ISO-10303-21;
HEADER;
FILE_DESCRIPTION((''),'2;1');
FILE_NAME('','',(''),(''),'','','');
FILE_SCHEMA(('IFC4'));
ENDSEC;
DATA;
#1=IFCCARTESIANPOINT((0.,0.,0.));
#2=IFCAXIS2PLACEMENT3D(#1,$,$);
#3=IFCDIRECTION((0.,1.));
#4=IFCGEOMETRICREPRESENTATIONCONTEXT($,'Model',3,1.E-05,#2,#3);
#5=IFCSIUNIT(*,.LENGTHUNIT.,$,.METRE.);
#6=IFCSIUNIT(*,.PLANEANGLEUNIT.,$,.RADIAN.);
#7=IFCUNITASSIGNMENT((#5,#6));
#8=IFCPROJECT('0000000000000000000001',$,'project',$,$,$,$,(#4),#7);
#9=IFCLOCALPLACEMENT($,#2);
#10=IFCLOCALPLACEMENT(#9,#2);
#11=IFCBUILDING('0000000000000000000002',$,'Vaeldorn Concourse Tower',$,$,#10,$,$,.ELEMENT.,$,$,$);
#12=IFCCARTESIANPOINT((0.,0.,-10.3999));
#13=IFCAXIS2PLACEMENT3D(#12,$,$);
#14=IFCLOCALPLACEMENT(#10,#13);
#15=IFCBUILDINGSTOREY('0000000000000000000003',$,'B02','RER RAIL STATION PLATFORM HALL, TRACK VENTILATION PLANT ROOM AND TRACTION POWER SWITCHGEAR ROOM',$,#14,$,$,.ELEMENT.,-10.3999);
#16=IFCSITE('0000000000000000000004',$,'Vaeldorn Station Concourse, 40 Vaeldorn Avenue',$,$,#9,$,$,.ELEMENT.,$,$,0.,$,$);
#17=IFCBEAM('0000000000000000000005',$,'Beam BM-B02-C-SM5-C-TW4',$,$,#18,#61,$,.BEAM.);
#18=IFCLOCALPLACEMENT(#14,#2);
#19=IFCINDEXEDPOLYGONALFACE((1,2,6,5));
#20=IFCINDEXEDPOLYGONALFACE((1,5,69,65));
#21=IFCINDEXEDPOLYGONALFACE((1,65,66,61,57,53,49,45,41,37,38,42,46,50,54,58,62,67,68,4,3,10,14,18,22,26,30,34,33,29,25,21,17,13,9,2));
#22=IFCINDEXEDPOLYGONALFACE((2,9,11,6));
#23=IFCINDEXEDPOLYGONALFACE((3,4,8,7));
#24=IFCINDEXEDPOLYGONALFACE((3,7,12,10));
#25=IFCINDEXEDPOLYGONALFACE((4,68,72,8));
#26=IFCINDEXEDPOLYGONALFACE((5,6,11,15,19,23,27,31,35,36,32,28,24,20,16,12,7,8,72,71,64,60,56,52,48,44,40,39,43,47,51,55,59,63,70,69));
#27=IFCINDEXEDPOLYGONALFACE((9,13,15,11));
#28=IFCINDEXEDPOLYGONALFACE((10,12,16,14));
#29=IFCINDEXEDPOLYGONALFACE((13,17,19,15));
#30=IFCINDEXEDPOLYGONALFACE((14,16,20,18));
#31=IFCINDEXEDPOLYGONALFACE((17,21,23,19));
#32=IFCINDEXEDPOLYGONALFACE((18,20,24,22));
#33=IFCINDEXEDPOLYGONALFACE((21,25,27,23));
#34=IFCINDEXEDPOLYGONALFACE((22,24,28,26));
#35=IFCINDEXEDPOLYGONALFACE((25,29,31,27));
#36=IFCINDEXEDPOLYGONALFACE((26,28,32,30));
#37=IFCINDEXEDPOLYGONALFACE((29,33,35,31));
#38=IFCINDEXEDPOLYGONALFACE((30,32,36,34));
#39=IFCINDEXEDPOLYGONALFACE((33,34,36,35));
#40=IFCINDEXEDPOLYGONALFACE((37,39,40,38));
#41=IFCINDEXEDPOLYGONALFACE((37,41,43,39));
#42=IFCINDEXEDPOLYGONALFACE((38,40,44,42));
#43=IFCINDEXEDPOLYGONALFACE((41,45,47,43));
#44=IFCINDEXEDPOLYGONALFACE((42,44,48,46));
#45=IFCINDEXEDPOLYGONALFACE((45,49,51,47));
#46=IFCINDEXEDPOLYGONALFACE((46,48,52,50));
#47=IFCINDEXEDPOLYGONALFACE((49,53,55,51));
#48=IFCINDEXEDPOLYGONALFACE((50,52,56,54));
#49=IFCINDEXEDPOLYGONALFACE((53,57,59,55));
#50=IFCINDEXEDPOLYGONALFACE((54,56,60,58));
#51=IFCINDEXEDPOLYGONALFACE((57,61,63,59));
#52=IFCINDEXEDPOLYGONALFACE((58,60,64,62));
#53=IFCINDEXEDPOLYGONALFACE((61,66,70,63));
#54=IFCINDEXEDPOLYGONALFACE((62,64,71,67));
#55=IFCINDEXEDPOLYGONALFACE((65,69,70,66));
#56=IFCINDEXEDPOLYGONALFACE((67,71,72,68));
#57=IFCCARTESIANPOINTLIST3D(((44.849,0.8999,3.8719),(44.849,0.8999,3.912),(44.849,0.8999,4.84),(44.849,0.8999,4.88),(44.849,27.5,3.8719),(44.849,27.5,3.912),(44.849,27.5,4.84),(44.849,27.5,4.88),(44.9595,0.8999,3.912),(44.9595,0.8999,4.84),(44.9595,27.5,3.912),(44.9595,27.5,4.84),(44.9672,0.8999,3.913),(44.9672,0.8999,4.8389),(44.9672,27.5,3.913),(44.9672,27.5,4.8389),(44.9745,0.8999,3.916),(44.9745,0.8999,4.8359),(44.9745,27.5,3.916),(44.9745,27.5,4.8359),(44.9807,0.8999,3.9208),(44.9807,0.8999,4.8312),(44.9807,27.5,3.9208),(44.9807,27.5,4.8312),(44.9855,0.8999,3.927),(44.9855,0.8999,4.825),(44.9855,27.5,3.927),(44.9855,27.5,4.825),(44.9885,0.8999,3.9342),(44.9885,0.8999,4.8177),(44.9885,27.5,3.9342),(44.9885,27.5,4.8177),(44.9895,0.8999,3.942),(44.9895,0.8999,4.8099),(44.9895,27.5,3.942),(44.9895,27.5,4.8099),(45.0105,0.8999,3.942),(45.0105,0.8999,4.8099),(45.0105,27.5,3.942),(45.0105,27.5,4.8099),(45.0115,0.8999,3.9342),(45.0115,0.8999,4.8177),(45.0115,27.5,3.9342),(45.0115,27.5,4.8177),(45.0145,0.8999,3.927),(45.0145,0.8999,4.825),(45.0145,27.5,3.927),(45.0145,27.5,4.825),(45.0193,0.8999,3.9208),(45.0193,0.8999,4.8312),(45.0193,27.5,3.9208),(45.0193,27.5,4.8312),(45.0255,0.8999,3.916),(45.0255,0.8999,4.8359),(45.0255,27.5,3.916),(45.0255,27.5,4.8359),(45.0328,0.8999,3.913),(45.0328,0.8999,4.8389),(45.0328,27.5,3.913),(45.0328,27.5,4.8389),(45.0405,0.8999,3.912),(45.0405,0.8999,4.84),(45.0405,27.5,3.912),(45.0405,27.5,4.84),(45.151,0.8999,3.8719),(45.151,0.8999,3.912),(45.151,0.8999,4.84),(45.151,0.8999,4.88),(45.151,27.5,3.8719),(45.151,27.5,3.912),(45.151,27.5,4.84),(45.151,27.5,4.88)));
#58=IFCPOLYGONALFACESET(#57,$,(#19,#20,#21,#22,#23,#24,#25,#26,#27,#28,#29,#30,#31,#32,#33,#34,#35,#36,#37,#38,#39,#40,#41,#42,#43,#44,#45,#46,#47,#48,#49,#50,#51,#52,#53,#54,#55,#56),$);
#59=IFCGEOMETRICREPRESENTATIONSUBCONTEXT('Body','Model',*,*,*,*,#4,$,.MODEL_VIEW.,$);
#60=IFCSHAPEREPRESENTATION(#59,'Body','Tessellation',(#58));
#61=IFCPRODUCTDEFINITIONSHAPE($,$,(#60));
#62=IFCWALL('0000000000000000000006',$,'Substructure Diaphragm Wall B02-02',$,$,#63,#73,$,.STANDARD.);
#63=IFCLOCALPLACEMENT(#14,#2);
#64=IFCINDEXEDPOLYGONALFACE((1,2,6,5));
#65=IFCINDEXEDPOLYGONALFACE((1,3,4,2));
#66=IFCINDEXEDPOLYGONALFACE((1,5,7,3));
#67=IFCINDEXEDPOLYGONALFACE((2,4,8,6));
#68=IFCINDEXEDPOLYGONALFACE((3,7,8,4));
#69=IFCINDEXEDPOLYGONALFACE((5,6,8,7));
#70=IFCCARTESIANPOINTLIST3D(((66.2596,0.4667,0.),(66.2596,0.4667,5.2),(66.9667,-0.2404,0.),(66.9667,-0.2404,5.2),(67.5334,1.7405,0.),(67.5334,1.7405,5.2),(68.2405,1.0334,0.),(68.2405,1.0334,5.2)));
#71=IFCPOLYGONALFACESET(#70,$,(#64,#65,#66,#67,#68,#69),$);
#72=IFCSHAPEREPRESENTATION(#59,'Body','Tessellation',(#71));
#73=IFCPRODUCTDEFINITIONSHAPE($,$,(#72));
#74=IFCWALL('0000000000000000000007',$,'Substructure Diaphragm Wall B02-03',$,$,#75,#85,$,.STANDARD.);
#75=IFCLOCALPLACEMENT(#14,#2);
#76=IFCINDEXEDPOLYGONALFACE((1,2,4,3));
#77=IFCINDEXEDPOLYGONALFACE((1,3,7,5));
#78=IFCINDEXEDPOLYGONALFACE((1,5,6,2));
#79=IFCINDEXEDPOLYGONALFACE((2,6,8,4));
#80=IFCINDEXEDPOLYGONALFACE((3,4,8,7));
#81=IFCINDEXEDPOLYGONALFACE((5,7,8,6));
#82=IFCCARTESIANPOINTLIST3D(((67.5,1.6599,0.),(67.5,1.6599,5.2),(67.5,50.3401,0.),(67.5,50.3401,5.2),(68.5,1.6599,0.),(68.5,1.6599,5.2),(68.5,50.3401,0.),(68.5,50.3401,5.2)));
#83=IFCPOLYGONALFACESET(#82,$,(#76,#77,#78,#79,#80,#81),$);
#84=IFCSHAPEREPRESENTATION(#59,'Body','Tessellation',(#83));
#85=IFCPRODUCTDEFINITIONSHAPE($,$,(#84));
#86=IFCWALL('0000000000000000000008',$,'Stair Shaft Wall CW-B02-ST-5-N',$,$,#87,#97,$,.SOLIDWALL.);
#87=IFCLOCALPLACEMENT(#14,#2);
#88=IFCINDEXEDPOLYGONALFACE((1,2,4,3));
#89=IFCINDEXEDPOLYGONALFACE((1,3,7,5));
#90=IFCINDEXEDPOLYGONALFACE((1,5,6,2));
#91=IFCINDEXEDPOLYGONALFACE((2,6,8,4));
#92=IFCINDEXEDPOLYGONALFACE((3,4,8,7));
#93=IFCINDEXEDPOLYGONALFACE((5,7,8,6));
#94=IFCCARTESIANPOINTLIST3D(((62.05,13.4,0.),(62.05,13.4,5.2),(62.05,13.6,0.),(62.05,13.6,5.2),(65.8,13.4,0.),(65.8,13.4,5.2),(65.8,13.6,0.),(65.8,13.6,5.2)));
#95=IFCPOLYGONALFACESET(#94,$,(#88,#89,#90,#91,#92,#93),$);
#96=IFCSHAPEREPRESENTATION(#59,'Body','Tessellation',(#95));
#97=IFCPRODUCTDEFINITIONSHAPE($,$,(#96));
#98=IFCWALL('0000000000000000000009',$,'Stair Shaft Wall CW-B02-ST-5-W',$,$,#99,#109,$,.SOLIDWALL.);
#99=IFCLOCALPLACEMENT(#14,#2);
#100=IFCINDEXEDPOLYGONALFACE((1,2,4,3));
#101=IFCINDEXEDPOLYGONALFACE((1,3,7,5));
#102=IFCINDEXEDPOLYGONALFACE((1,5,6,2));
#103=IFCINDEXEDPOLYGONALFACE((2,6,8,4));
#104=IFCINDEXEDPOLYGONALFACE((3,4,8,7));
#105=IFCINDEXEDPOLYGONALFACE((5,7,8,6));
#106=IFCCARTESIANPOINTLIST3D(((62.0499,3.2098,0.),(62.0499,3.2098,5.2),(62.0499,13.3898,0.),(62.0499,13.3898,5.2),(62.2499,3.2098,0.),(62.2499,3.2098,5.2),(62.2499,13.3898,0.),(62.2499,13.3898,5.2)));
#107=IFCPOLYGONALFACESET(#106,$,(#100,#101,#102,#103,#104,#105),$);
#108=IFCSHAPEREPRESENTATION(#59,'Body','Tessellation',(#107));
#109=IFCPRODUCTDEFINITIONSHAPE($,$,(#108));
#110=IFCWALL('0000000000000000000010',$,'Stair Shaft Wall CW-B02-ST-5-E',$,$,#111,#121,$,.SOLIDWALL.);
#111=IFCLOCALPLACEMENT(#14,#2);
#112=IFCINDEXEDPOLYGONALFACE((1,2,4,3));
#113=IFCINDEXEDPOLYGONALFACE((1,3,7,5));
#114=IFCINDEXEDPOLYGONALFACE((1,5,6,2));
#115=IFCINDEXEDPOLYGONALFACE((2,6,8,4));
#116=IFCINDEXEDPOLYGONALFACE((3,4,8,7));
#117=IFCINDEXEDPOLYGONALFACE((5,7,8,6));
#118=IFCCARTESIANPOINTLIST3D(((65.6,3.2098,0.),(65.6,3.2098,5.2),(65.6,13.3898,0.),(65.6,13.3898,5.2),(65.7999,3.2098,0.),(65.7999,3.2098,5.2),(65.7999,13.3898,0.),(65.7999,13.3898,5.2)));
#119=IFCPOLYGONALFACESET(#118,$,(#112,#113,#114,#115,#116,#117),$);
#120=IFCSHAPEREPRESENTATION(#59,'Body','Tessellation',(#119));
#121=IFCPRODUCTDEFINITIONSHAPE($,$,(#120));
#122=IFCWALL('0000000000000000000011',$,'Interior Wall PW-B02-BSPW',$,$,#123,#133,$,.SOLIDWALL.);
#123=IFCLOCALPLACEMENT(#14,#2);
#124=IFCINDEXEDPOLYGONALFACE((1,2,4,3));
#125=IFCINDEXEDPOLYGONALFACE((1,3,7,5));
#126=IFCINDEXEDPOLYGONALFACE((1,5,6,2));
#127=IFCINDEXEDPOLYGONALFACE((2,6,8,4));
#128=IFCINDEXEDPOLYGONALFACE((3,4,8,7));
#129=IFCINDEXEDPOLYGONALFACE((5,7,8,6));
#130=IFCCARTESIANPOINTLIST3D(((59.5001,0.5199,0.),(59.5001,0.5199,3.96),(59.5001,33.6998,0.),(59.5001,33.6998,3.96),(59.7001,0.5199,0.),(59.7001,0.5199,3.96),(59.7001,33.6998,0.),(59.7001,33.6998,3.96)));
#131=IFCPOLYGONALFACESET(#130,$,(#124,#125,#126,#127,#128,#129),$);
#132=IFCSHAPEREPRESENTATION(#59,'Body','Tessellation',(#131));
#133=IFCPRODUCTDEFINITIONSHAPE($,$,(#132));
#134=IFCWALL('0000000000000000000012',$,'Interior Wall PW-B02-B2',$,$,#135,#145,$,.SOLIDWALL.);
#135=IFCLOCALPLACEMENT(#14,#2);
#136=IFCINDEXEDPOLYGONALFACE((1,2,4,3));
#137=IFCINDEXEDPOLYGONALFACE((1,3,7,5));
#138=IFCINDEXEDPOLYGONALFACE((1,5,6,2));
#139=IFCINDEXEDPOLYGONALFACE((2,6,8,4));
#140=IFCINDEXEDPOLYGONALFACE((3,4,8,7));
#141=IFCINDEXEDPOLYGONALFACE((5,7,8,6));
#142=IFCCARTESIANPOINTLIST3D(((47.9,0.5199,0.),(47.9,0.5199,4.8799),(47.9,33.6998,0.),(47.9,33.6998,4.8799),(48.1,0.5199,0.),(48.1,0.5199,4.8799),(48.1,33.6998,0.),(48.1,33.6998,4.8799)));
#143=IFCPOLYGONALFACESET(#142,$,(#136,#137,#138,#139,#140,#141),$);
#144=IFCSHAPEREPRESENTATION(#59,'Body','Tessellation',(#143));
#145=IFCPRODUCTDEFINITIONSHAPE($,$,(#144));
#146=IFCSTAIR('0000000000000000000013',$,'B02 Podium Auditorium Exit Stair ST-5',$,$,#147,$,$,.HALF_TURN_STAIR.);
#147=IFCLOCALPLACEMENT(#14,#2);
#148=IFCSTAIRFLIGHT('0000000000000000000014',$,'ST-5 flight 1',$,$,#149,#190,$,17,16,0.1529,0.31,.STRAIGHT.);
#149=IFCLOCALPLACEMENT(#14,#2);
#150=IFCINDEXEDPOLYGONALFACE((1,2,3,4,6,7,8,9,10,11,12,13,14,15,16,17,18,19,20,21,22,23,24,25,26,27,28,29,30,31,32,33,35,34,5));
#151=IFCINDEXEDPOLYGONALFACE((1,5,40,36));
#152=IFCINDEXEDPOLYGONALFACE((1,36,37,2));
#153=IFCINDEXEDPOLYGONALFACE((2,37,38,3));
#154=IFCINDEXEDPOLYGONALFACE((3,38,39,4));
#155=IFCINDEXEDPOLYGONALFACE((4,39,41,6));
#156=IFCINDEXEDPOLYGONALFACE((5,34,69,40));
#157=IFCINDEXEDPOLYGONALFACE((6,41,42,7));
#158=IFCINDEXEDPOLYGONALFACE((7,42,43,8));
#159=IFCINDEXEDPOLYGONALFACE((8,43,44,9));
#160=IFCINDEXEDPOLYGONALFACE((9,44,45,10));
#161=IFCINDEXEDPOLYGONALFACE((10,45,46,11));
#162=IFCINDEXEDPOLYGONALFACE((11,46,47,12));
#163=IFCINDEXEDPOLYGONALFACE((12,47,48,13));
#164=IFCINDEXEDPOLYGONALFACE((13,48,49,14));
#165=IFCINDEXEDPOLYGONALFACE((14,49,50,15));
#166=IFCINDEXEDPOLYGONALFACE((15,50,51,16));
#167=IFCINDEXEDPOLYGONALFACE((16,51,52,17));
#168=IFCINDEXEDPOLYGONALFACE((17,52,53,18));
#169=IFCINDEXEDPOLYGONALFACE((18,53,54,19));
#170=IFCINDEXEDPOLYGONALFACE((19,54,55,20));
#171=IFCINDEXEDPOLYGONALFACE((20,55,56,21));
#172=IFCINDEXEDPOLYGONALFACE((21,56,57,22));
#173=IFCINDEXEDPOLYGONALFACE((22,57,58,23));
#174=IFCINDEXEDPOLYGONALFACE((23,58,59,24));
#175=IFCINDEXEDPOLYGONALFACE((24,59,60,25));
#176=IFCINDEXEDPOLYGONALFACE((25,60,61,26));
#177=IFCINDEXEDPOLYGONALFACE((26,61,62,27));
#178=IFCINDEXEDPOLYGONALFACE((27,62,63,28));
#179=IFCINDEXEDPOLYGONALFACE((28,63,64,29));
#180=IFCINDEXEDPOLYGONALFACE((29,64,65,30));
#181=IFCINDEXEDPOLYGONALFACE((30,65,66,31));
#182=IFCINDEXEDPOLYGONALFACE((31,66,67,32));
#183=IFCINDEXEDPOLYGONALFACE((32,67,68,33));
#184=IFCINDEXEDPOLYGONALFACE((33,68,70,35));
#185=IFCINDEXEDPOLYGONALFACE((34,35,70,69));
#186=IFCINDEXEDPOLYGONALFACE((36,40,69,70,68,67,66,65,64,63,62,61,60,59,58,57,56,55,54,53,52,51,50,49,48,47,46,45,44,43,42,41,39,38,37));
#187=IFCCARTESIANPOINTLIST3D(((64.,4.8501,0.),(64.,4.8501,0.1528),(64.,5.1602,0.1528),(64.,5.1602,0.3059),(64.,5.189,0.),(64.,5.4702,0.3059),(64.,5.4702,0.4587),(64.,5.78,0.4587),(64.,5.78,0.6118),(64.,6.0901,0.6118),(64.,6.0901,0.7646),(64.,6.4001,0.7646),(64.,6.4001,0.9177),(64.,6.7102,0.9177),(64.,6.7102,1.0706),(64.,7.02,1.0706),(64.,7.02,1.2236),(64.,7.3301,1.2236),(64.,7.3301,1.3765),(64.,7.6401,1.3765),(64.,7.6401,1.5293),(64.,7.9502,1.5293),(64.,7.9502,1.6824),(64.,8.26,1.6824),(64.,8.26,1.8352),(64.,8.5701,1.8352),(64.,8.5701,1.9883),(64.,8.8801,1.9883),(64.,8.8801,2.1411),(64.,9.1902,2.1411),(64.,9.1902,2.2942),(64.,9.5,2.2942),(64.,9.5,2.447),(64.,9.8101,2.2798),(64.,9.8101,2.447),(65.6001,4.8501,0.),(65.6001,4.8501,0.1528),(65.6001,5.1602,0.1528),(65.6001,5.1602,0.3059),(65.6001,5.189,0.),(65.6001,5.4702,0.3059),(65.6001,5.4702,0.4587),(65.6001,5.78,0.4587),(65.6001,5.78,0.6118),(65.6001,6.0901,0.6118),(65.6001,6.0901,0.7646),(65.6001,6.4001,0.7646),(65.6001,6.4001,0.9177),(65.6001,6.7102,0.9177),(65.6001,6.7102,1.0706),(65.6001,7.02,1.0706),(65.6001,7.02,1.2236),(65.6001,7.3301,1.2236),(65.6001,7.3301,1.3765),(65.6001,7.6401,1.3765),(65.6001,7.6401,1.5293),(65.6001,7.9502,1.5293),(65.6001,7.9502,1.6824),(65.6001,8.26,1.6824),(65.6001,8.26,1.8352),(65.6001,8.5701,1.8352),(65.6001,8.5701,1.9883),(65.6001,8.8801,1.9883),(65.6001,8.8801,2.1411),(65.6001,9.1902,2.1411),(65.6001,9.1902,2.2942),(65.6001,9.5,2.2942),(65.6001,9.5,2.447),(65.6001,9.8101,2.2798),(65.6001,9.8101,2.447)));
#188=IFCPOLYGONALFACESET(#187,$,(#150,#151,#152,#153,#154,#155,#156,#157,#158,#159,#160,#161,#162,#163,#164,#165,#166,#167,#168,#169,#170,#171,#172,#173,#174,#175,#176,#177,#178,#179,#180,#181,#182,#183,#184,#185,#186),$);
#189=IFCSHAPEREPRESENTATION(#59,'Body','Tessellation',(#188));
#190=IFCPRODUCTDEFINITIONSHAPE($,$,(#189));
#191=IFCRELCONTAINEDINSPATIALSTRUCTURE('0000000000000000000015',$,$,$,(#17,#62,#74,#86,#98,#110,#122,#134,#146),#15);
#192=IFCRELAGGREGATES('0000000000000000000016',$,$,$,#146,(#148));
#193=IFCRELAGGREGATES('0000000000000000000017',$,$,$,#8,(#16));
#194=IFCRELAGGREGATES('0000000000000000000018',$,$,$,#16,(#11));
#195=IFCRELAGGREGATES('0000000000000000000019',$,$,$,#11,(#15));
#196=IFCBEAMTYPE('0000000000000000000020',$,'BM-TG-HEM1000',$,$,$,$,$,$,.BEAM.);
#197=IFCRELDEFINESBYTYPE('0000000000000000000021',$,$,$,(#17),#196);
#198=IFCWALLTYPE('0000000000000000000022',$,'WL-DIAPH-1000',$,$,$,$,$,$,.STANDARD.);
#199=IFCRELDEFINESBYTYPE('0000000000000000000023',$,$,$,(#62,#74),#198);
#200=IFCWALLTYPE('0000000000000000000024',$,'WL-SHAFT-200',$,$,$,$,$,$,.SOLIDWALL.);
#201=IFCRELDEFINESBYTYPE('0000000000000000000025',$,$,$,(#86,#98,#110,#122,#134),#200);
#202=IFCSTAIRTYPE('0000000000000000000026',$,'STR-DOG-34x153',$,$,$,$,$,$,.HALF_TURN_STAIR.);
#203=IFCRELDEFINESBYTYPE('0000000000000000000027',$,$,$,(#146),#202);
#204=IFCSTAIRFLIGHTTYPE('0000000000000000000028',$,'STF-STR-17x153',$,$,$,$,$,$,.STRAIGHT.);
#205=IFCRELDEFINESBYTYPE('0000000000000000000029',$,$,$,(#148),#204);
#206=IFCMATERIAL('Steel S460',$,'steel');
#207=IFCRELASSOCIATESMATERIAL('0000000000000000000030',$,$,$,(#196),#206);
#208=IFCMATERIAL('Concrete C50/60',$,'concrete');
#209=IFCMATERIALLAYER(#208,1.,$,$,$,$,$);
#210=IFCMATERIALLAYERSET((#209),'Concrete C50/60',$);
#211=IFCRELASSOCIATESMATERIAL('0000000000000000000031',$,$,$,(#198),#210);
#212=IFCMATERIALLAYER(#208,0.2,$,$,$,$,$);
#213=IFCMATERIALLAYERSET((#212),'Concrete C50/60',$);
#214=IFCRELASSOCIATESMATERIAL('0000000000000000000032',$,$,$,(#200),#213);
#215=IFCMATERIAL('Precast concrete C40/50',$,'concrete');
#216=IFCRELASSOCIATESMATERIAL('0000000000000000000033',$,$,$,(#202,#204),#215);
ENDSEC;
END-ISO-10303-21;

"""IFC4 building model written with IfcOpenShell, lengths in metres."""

from ifc_helpers import new_model, si_unit, direction, frame, frame_2d, origin, origin_2d, place, context, subcontext, project, spatial, polyline, rectangle, i_section, outline, extrude, source, transform, mapped, material, layer, layer_set, material_profile, profile_set, type_object, element, aggregate, save


model = new_model("IFC4")

# Units and contexts
model_context = context("Model", 3, precision=1e-05, world=origin(), true_north=direction((0.0, 1.0)))
body_context = subcontext(model_context, "Body", "Model", "MODEL_VIEW")
ifc_project = project(units=[si_unit("LENGTHUNIT", "METRE"), si_unit("PLANEANGLEUNIT", "RADIAN")], contexts=[model_context])

# Site, building, storey
site_placement = place(None, origin())
site = spatial("IfcSite", under=ifc_project, at=site_placement, Name="Vaeldorn Station Concourse, 40 Vaeldorn Avenue", CompositionType="ELEMENT", RefElevation=0.0)
building_placement = place(site_placement, origin())
building = spatial("IfcBuilding", under=site, at=building_placement, Name="Vaeldorn Concourse Tower", CompositionType="ELEMENT")
storey_placement = place(building_placement, frame((0.0, 0.0, -10.3999)))
storey = spatial("IfcBuildingStorey", under=building, at=storey_placement, Name="B02", Description="RER RAIL STATION PLATFORM HALL, TRACK VENTILATION PLANT ROOM AND TRACTION POWER SWITCHGEAR ROOM", CompositionType="ELEMENT", Elevation=-10.3999)

# Shared definitions
ifc_material_1 = material(Name="Steel S460", Category="steel")

# Beam
ifc_material_profile_1 = material_profile(ifc_material_1, i_section(OverallWidth=0.302, OverallDepth=1.0081, WebThickness=0.021, FlangeThickness=0.04, FilletRadius=0.03, at=origin_2d()), Name="HEM 1000")
ifc_profile_set_1 = profile_set([ifc_material_profile_1], Name="Steel S460")
beam_type_1 = type_object("IfcBeamType", Name="BM-TG-HEM1000", PredefinedType="BEAM", material=ifc_profile_set_1)
shared_shape_1 = source(origin(), body_context, "Body", "SweptSolid", [
    extrude(i_section(OverallWidth=0.302, OverallDepth=1.0081, WebThickness=0.021, FlangeThickness=0.04, FilletRadius=0.03, at=origin_2d()), origin(), (0.0, 0.0, 1.0), 26.6001),
])
beam_1_placement = place(storey_placement, frame((45.0, 0.8999, 4.376), z_axis=(0.0, 1.0, 0.0), x_axis=(-1.0, 0.0, 0.0)))
element("IfcBeam", 1, at=beam_1_placement, inside=storey, type_object=beam_type_1, Name="Beam BM-B02-C-SM5-C-TW4", PredefinedType="BEAM", context=body_context, shape_type="MappedRepresentation", body=[
    mapped(shared_shape_1, transform((0.0, 0.0, 0.0), scale=1.0)),
])

# Walls
ifc_material_2 = material(Name="Concrete C50/60", Category="concrete")
ifc_layer_1 = layer(ifc_material_2, 1.0)
ifc_layer_set_1 = layer_set([ifc_layer_1], Name="Concrete C50/60")
wall_type_1 = type_object("IfcWallType", Name="WL-DIAPH-1000", PredefinedType="STANDARD", material=ifc_layer_set_1)
wall_1_placement = place(storey_placement, frame((66.613, 0.113, 0.0), z_axis=(0.0, 0.0, 1.0), x_axis=(0.707107, 0.707107, 0.0)))
element("IfcWall", 2, at=wall_1_placement, inside=storey, type_object=wall_type_1, Name="Substructure Diaphragm Wall B02-02", PredefinedType="STANDARD", context=body_context, shape_type="SweptSolid", body=[
    extrude(rectangle(XDim=1.8015, YDim=1.0, at=frame_2d((0.9009, 0.0))), origin(), (0.0, 0.0, 1.0), 5.2),
])
wall_2_placement = place(storey_placement, frame((68.0, 1.6599, 0.0), z_axis=(0.0, 0.0, 1.0), x_axis=(0.0, 1.0, 0.0)))
element("IfcWall", 3, at=wall_2_placement, inside=storey, type_object=wall_type_1, Name="Substructure Diaphragm Wall B02-03", PredefinedType="STANDARD", context=body_context, shape_type="SweptSolid", body=[
    extrude(rectangle(XDim=48.6802, YDim=1.0, at=frame_2d((24.3401, 0.0))), origin(), (0.0, 0.0, 1.0), 5.2),
])

# Shared definitions
ifc_layer_2 = layer(ifc_material_2, 0.2)
ifc_layer_set_2 = layer_set([ifc_layer_2], Name="Concrete C50/60")
wall_type_2 = type_object("IfcWallType", Name="WL-SHAFT-200", PredefinedType="SOLIDWALL", material=ifc_layer_set_2)

# Walls
wall_3_placement = place(storey_placement, frame((62.05, 13.5, 0.0), z_axis=(0.0, 0.0, 1.0), x_axis=(1.0, 0.0, 0.0)))
element("IfcWall", 4, at=wall_3_placement, inside=storey, type_object=wall_type_2, Name="Stair Shaft Wall CW-B02-ST-5-N", PredefinedType="SOLIDWALL", context=body_context, shape_type="SweptSolid", body=[
    extrude(rectangle(XDim=3.75, YDim=0.2, at=frame_2d((1.875, 0.0))), origin(), (0.0, 0.0, 1.0), 5.2),
])
for number, where, z_axis, x_axis, name in (
    (5, (62.1499, 3.21, 0.0), (0.0, 0.0, 1.0), (0.0, 1.0, 0.0), "Stair Shaft Wall CW-B02-ST-5-W"),
    (6, (65.7, 3.21, 0.0), (0.0, 0.0, 1.0), (0.0, 1.0, 0.0), "Stair Shaft Wall CW-B02-ST-5-E"),
):
    element("IfcWall", number, at=place(storey_placement, frame(where, z_axis=z_axis, x_axis=x_axis)), inside=storey, type_object=wall_type_2, Name=name, PredefinedType="SOLIDWALL", context=body_context, shape_type="SweptSolid", body=[
        extrude(rectangle(XDim=10.1799, YDim=0.2, at=frame_2d((5.0898, 0.0))), origin(), (0.0, 0.0, 1.0), 5.2),
    ])
wall_4_placement = place(storey_placement, frame((59.6001, 0.52, 0.0), z_axis=(0.0, 0.0, 1.0), x_axis=(0.0, 1.0, 0.0)))
element("IfcWall", 7, at=wall_4_placement, inside=storey, type_object=wall_type_2, Name="Interior Wall PW-B02-BSPW", PredefinedType="SOLIDWALL", context=body_context, shape_type="SweptSolid", body=[
    extrude(rectangle(XDim=33.1799, YDim=0.2, at=frame_2d((16.5898, 0.0))), origin(), (0.0, 0.0, 1.0), 3.96),
])
wall_5_placement = place(storey_placement, frame((48.0, 0.52, 0.0), z_axis=(0.0, 0.0, 1.0), x_axis=(0.0, 1.0, 0.0)))
element("IfcWall", 8, at=wall_5_placement, inside=storey, type_object=wall_type_2, Name="Interior Wall PW-B02-B2", PredefinedType="SOLIDWALL", context=body_context, shape_type="SweptSolid", body=[
    extrude(rectangle(XDim=33.1799, YDim=0.2, at=frame_2d((16.5898, 0.0))), origin(), (0.0, 0.0, 1.0), 4.8799),
])

# Stair, stair flight
ifc_material_3 = material(Name="Precast concrete C40/50", Category="concrete")
stair_type = type_object("IfcStairType", Name="STR-DOG-34x153", PredefinedType="HALF_TURN_STAIR", material=ifc_material_3)
stair_placement = place(storey_placement, origin())
stair = element("IfcStair", 9, at=stair_placement, inside=storey, type_object=stair_type, Name="B02 Podium Auditorium Exit Stair ST-5", PredefinedType="HALF_TURN_STAIR")
stair_flight_type = type_object("IfcStairFlightType", Name="STF-STR-17x153", PredefinedType="STRAIGHT", material=ifc_material_3)
stair_flight_1_placement = place(storey_placement, frame((64.8, 4.8501, 0.0), z_axis=(0.0, 0.0, 1.0), x_axis=(0.0, 1.0, 0.0)))
stair_flight_1 = element("IfcStairFlight", 10, at=stair_flight_1_placement, type_object=stair_flight_type, Name="ST-5 flight 1", NumberOfRisers=17, NumberOfTreads=16, PredefinedType="STRAIGHT", RiserHeight=0.1529, TreadLength=0.31, context=body_context, shape_type="SweptSolid", body=[
    extrude(outline(polyline([(0.0, 0.0), (0.0, 0.1528), (0.3101, 0.1528), (0.3101, 0.3059), (0.6201, 0.3059), (0.6201, 0.4587), (0.9299, 0.4587), (0.9299, 0.6118), (1.24, 0.6118), (1.24, 0.7646), (1.55, 0.7646), (1.55, 0.9177), (1.8601, 0.9177), (1.8601, 1.0706), (2.1699, 1.0706), (2.1699, 1.2236), (2.48, 1.2236), (2.48, 1.3765), (2.79, 1.3765), (2.79, 1.5293), (3.1001, 1.5293), (3.1001, 1.6824), (3.4099, 1.6824), (3.4099, 1.8352), (3.72, 1.8352), (3.72, 1.9883), (4.03, 1.9883), (4.03, 2.1411), (4.3401, 2.1411), (4.3401, 2.2942), (4.6499, 2.2942), (4.6499, 2.447), (4.96, 2.447), (4.96, 2.6001), (4.96, 2.2798), (0.3389, 0.0), (0.0, 0.0)])), frame((0.0, 0.8, 0.0), z_axis=(0.0, -1.0, 0.0), x_axis=(1.0, 0.0, 0.0)), (0.0, 0.0, 1.0), 1.6001),
])
aggregate(stair, [stair_flight_1])

save(model, "model.ifc")
